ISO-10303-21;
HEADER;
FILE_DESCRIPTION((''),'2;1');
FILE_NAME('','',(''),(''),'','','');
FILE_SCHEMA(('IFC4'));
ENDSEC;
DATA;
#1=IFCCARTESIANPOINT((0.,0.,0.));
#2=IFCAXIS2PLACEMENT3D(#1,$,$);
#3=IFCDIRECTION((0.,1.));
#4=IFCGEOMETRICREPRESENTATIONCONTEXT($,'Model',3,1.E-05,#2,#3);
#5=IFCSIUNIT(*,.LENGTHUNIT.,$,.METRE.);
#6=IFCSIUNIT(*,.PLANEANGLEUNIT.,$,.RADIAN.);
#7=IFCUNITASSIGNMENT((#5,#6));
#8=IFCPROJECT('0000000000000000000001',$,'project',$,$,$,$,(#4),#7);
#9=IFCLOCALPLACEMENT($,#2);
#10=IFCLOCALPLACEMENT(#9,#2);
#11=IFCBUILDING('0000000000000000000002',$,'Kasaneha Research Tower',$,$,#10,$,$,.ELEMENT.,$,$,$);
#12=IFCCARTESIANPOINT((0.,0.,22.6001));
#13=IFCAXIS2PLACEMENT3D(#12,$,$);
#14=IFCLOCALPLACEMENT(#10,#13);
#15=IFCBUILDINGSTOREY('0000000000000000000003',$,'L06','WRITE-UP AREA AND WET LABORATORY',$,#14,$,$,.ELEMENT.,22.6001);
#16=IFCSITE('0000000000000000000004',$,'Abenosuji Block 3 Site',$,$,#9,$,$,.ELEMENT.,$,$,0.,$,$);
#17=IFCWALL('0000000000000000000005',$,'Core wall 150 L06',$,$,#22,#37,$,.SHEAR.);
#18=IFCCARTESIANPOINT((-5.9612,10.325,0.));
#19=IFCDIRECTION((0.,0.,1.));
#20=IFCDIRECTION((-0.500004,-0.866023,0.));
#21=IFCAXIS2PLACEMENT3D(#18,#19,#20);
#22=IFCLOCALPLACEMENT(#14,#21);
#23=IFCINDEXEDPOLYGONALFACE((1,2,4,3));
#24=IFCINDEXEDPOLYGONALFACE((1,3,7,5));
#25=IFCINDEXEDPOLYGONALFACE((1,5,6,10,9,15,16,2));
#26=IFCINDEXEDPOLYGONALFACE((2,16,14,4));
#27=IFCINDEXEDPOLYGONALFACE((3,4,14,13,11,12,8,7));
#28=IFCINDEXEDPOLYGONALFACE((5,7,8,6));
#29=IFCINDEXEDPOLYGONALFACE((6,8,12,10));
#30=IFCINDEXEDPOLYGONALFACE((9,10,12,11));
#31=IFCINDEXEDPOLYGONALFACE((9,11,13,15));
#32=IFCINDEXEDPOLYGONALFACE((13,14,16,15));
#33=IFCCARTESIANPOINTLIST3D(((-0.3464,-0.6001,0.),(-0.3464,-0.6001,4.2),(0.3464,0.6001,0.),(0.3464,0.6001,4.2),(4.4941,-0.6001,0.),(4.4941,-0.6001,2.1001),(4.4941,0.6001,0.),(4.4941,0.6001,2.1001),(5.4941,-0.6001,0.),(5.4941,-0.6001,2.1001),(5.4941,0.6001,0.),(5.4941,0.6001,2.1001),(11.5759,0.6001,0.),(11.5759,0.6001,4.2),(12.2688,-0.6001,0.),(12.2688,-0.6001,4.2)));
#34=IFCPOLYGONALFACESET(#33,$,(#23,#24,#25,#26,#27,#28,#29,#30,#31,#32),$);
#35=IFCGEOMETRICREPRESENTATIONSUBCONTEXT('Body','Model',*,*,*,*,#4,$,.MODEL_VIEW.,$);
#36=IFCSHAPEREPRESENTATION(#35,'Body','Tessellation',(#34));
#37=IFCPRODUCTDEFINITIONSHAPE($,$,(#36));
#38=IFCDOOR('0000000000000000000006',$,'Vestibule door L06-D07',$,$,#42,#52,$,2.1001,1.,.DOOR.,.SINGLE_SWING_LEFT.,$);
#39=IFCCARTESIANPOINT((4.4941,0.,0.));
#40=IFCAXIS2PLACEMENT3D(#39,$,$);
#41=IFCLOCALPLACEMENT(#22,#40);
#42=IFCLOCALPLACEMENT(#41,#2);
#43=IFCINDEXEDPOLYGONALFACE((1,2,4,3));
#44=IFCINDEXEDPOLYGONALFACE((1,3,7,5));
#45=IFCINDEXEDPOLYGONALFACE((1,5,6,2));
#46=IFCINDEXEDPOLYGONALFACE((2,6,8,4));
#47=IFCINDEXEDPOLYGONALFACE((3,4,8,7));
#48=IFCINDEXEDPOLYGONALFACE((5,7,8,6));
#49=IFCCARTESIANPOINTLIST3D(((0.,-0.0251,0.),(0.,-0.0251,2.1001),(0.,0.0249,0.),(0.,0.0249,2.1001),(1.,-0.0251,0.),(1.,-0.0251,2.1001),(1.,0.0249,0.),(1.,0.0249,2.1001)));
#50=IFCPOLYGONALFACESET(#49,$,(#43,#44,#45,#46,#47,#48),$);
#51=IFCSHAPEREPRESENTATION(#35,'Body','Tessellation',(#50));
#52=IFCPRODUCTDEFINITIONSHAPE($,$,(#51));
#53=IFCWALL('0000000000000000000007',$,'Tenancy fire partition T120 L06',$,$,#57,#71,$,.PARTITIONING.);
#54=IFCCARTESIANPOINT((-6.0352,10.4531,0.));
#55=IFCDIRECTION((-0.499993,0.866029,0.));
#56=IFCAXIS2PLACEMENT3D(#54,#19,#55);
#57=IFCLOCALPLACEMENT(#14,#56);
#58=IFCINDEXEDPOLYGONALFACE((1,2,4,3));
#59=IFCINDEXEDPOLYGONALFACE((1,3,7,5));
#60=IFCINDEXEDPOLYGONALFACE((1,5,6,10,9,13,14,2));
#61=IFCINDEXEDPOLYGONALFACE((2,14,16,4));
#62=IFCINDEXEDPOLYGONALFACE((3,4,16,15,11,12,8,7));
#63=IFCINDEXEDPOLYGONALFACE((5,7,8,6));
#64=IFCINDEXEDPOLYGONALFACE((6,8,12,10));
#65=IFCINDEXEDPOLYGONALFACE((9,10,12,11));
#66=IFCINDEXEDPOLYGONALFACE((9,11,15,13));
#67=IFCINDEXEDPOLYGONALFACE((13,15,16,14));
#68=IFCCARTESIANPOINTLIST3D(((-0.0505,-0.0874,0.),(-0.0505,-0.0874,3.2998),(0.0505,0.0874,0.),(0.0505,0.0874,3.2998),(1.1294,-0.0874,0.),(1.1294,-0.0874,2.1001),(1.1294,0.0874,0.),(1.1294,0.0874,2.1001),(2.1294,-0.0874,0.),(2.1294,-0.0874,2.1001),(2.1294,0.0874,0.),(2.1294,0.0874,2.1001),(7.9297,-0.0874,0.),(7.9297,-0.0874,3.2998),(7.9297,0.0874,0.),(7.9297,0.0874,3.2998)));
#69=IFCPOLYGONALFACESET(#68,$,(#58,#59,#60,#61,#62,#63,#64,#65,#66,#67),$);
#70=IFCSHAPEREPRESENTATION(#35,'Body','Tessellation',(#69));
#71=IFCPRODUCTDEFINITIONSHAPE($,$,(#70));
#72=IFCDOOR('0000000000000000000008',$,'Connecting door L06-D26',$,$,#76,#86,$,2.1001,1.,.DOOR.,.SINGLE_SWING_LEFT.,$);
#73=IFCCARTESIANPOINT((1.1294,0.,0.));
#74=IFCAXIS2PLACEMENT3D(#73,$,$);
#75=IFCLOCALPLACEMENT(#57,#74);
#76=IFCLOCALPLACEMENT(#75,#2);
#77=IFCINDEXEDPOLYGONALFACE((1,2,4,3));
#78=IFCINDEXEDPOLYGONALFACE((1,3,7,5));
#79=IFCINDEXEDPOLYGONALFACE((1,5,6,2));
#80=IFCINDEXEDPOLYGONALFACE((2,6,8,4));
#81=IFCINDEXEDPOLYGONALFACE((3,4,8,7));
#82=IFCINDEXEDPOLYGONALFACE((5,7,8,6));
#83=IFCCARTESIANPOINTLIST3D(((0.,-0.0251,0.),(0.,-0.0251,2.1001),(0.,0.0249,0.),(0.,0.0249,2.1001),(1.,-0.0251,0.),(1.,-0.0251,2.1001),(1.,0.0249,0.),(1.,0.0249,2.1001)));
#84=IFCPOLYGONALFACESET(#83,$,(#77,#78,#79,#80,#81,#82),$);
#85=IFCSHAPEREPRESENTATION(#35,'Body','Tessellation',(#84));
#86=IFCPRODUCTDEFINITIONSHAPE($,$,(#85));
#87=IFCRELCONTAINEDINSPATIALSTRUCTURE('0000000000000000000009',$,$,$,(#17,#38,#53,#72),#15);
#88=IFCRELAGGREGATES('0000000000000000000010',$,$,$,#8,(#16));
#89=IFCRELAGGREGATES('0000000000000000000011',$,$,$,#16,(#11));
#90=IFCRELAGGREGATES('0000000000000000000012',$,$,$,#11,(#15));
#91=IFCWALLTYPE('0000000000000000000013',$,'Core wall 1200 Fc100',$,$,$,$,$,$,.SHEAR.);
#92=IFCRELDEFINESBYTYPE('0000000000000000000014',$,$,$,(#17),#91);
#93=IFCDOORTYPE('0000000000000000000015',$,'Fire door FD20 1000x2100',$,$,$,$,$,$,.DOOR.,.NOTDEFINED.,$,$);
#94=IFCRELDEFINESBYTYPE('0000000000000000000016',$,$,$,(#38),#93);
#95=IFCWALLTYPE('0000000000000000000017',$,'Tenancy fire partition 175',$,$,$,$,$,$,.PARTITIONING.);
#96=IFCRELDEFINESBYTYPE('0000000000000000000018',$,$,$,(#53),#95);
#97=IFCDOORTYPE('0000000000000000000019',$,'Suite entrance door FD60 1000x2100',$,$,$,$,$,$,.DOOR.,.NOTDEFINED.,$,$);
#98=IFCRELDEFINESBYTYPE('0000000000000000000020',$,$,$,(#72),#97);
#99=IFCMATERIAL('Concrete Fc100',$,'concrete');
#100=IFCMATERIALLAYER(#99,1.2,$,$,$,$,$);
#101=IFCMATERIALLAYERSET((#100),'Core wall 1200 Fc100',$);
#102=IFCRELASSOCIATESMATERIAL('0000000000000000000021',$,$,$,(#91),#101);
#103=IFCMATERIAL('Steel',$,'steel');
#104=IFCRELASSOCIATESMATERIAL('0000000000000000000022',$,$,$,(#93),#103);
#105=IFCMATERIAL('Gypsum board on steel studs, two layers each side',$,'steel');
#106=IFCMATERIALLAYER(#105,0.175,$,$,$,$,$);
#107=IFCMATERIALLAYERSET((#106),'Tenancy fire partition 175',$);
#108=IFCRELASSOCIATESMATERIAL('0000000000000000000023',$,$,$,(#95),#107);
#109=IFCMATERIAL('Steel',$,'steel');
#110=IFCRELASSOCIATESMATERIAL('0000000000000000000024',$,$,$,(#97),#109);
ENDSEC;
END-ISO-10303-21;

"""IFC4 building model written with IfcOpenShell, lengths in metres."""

from ifc_helpers import new_model, si_unit, direction, frame, frame_2d, origin, place, context, subcontext, project, spatial, polyline, rectangle, outline, extrude, material, layer, layer_set, type_object, element, fill, save


model = new_model("IFC4")

# Units and contexts
model_context = context("Model", 3, precision=1e-05, world=origin(), true_north=direction((0.0, 1.0)))
body_context = subcontext(model_context, "Body", "Model", "MODEL_VIEW")
ifc_project = project(units=[si_unit("LENGTHUNIT", "METRE"), si_unit("PLANEANGLEUNIT", "RADIAN")], contexts=[model_context])

# Site, building, storey
site_placement = place(None, origin())
site = spatial("IfcSite", under=ifc_project, at=site_placement, Name="Abenosuji Block 3 Site", CompositionType="ELEMENT", RefElevation=0.0)
building_placement = place(site_placement, origin())
building = spatial("IfcBuilding", under=site, at=building_placement, Name="Kasaneha Research Tower", CompositionType="ELEMENT")
storey_placement = place(building_placement, frame((0.0, 0.0, 22.6001)))
storey = spatial("IfcBuildingStorey", under=building, at=storey_placement, Name="L06", Description="WRITE-UP AREA AND WET LABORATORY", CompositionType="ELEMENT", Elevation=22.6001)

# Wall, opening, door
ifc_material_1 = material(Name="Concrete Fc100", Category="concrete")
ifc_layer_1 = layer(ifc_material_1, 1.2)
ifc_layer_set_1 = layer_set([ifc_layer_1], Name="Core wall 1200 Fc100")
wall_type_1 = type_object("IfcWallType", Name="Core wall 1200 Fc100", PredefinedType="SHEAR", material=ifc_layer_set_1)
wall_1_placement = place(storey_placement, frame((-5.9612, 10.325, 0.0), z_axis=(0.0, 0.0, 1.0), x_axis=(-0.500004, -0.866023, 0.0)))
wall_1 = element("IfcWall", 1, at=wall_1_placement, inside=storey, type_object=wall_type_1, Name="Core wall 150 L06", PredefinedType="SHEAR", context=body_context, shape_type="SweptSolid", body=[
    extrude(outline(polyline([(-0.3464, -0.6001), (4.4941, -0.6001), (5.4941, -0.6001), (12.2688, -0.6001), (11.5759, 0.6001), (5.4941, 0.6001), (4.4941, 0.6001), (0.3464, 0.6001), (-0.3464, -0.6001)])), origin(), (0.0, 0.0, 1.0), 4.2),
])
opening_1_placement = place(wall_1_placement, frame((4.4941, 0.0, 0.0)))
opening_1 = element("IfcOpeningElement", 2, at=opening_1_placement, cuts=wall_1, PredefinedType="OPENING", context=body_context, shape_type="SweptSolid", body=[
    extrude(rectangle(XDim=1.0, YDim=2.1001, at=frame_2d((0.5, 1.05))), frame((0.0, 0.6099, 0.0), z_axis=(0.0, -1.0, 0.0), x_axis=(1.0, 0.0, 0.0)), (0.0, 0.0, 1.0), 1.22),
])
ifc_material_2 = material(Name="Steel", Category="steel")
door_type_1 = type_object("IfcDoorType", Name="Fire door FD20 1000x2100", OperationType="NOTDEFINED", PredefinedType="DOOR", material=ifc_material_2)
door_1_placement = place(opening_1_placement, origin())
door_1 = element("IfcDoor", 3, at=door_1_placement, inside=storey, type_object=door_type_1, Name="Vestibule door L06-D07", OperationType="SINGLE_SWING_LEFT", OverallHeight=2.1001, OverallWidth=1.0, PredefinedType="DOOR", context=body_context, shape_type="SweptSolid", body=[
    extrude(rectangle(XDim=1.0, YDim=2.1001, at=frame_2d((0.5, 1.05))), frame((0.0, 0.0249, 0.0), z_axis=(0.0, -1.0, 0.0), x_axis=(1.0, 0.0, 0.0)), (0.0, 0.0, 1.0), 0.05),
])
fill(opening_1, door_1)

# Wall, opening, door
ifc_material_3 = material(Name="Gypsum board on steel studs, two layers each side", Category="steel")
ifc_layer_2 = layer(ifc_material_3, 0.175)
ifc_layer_set_2 = layer_set([ifc_layer_2], Name="Tenancy fire partition 175")
wall_type_2 = type_object("IfcWallType", Name="Tenancy fire partition 175", PredefinedType="PARTITIONING", material=ifc_layer_set_2)
wall_2_placement = place(storey_placement, frame((-6.0352, 10.4531, 0.0), z_axis=(0.0, 0.0, 1.0), x_axis=(-0.499993, 0.866029, 0.0)))
wall_2 = element("IfcWall", 4, at=wall_2_placement, inside=storey, type_object=wall_type_2, Name="Tenancy fire partition T120 L06", PredefinedType="PARTITIONING", context=body_context, shape_type="SweptSolid", body=[
    extrude(outline(polyline([(-0.0505, -0.0874), (1.1294, -0.0874), (2.1294, -0.0874), (7.9297, -0.0874), (7.9297, 0.0874), (2.1294, 0.0874), (1.1294, 0.0874), (0.0505, 0.0874), (-0.0505, -0.0874)])), origin(), (0.0, 0.0, 1.0), 3.2998),
])
opening_2_placement = place(wall_2_placement, frame((1.1294, 0.0, 0.0)))
opening_2 = element("IfcOpeningElement", 5, at=opening_2_placement, cuts=wall_2, PredefinedType="OPENING", context=body_context, shape_type="SweptSolid", body=[
    extrude(rectangle(XDim=1.0, YDim=2.1001, at=frame_2d((0.5, 1.05))), frame((0.0, 0.0977, 0.0), z_axis=(0.0, -1.0, 0.0), x_axis=(1.0, 0.0, 0.0)), (0.0, 0.0, 1.0), 0.1951),
])
ifc_material_4 = material(Name="Steel", Category="steel")
door_type_2 = type_object("IfcDoorType", Name="Suite entrance door FD60 1000x2100", OperationType="NOTDEFINED", PredefinedType="DOOR", material=ifc_material_4)
door_2_placement = place(opening_2_placement, origin())
door_2 = element("IfcDoor", 6, at=door_2_placement, inside=storey, type_object=door_type_2, Name="Connecting door L06-D26", OperationType="SINGLE_SWING_LEFT", OverallHeight=2.1001, OverallWidth=1.0, PredefinedType="DOOR", context=body_context, shape_type="SweptSolid", body=[
    extrude(rectangle(XDim=1.0, YDim=2.1001, at=frame_2d((0.5, 1.05))), frame((0.0, 0.0249, 0.0), z_axis=(0.0, -1.0, 0.0), x_axis=(1.0, 0.0, 0.0)), (0.0, 0.0, 1.0), 0.05),
])
fill(opening_2, door_2)

save(model, "model.ifc")
